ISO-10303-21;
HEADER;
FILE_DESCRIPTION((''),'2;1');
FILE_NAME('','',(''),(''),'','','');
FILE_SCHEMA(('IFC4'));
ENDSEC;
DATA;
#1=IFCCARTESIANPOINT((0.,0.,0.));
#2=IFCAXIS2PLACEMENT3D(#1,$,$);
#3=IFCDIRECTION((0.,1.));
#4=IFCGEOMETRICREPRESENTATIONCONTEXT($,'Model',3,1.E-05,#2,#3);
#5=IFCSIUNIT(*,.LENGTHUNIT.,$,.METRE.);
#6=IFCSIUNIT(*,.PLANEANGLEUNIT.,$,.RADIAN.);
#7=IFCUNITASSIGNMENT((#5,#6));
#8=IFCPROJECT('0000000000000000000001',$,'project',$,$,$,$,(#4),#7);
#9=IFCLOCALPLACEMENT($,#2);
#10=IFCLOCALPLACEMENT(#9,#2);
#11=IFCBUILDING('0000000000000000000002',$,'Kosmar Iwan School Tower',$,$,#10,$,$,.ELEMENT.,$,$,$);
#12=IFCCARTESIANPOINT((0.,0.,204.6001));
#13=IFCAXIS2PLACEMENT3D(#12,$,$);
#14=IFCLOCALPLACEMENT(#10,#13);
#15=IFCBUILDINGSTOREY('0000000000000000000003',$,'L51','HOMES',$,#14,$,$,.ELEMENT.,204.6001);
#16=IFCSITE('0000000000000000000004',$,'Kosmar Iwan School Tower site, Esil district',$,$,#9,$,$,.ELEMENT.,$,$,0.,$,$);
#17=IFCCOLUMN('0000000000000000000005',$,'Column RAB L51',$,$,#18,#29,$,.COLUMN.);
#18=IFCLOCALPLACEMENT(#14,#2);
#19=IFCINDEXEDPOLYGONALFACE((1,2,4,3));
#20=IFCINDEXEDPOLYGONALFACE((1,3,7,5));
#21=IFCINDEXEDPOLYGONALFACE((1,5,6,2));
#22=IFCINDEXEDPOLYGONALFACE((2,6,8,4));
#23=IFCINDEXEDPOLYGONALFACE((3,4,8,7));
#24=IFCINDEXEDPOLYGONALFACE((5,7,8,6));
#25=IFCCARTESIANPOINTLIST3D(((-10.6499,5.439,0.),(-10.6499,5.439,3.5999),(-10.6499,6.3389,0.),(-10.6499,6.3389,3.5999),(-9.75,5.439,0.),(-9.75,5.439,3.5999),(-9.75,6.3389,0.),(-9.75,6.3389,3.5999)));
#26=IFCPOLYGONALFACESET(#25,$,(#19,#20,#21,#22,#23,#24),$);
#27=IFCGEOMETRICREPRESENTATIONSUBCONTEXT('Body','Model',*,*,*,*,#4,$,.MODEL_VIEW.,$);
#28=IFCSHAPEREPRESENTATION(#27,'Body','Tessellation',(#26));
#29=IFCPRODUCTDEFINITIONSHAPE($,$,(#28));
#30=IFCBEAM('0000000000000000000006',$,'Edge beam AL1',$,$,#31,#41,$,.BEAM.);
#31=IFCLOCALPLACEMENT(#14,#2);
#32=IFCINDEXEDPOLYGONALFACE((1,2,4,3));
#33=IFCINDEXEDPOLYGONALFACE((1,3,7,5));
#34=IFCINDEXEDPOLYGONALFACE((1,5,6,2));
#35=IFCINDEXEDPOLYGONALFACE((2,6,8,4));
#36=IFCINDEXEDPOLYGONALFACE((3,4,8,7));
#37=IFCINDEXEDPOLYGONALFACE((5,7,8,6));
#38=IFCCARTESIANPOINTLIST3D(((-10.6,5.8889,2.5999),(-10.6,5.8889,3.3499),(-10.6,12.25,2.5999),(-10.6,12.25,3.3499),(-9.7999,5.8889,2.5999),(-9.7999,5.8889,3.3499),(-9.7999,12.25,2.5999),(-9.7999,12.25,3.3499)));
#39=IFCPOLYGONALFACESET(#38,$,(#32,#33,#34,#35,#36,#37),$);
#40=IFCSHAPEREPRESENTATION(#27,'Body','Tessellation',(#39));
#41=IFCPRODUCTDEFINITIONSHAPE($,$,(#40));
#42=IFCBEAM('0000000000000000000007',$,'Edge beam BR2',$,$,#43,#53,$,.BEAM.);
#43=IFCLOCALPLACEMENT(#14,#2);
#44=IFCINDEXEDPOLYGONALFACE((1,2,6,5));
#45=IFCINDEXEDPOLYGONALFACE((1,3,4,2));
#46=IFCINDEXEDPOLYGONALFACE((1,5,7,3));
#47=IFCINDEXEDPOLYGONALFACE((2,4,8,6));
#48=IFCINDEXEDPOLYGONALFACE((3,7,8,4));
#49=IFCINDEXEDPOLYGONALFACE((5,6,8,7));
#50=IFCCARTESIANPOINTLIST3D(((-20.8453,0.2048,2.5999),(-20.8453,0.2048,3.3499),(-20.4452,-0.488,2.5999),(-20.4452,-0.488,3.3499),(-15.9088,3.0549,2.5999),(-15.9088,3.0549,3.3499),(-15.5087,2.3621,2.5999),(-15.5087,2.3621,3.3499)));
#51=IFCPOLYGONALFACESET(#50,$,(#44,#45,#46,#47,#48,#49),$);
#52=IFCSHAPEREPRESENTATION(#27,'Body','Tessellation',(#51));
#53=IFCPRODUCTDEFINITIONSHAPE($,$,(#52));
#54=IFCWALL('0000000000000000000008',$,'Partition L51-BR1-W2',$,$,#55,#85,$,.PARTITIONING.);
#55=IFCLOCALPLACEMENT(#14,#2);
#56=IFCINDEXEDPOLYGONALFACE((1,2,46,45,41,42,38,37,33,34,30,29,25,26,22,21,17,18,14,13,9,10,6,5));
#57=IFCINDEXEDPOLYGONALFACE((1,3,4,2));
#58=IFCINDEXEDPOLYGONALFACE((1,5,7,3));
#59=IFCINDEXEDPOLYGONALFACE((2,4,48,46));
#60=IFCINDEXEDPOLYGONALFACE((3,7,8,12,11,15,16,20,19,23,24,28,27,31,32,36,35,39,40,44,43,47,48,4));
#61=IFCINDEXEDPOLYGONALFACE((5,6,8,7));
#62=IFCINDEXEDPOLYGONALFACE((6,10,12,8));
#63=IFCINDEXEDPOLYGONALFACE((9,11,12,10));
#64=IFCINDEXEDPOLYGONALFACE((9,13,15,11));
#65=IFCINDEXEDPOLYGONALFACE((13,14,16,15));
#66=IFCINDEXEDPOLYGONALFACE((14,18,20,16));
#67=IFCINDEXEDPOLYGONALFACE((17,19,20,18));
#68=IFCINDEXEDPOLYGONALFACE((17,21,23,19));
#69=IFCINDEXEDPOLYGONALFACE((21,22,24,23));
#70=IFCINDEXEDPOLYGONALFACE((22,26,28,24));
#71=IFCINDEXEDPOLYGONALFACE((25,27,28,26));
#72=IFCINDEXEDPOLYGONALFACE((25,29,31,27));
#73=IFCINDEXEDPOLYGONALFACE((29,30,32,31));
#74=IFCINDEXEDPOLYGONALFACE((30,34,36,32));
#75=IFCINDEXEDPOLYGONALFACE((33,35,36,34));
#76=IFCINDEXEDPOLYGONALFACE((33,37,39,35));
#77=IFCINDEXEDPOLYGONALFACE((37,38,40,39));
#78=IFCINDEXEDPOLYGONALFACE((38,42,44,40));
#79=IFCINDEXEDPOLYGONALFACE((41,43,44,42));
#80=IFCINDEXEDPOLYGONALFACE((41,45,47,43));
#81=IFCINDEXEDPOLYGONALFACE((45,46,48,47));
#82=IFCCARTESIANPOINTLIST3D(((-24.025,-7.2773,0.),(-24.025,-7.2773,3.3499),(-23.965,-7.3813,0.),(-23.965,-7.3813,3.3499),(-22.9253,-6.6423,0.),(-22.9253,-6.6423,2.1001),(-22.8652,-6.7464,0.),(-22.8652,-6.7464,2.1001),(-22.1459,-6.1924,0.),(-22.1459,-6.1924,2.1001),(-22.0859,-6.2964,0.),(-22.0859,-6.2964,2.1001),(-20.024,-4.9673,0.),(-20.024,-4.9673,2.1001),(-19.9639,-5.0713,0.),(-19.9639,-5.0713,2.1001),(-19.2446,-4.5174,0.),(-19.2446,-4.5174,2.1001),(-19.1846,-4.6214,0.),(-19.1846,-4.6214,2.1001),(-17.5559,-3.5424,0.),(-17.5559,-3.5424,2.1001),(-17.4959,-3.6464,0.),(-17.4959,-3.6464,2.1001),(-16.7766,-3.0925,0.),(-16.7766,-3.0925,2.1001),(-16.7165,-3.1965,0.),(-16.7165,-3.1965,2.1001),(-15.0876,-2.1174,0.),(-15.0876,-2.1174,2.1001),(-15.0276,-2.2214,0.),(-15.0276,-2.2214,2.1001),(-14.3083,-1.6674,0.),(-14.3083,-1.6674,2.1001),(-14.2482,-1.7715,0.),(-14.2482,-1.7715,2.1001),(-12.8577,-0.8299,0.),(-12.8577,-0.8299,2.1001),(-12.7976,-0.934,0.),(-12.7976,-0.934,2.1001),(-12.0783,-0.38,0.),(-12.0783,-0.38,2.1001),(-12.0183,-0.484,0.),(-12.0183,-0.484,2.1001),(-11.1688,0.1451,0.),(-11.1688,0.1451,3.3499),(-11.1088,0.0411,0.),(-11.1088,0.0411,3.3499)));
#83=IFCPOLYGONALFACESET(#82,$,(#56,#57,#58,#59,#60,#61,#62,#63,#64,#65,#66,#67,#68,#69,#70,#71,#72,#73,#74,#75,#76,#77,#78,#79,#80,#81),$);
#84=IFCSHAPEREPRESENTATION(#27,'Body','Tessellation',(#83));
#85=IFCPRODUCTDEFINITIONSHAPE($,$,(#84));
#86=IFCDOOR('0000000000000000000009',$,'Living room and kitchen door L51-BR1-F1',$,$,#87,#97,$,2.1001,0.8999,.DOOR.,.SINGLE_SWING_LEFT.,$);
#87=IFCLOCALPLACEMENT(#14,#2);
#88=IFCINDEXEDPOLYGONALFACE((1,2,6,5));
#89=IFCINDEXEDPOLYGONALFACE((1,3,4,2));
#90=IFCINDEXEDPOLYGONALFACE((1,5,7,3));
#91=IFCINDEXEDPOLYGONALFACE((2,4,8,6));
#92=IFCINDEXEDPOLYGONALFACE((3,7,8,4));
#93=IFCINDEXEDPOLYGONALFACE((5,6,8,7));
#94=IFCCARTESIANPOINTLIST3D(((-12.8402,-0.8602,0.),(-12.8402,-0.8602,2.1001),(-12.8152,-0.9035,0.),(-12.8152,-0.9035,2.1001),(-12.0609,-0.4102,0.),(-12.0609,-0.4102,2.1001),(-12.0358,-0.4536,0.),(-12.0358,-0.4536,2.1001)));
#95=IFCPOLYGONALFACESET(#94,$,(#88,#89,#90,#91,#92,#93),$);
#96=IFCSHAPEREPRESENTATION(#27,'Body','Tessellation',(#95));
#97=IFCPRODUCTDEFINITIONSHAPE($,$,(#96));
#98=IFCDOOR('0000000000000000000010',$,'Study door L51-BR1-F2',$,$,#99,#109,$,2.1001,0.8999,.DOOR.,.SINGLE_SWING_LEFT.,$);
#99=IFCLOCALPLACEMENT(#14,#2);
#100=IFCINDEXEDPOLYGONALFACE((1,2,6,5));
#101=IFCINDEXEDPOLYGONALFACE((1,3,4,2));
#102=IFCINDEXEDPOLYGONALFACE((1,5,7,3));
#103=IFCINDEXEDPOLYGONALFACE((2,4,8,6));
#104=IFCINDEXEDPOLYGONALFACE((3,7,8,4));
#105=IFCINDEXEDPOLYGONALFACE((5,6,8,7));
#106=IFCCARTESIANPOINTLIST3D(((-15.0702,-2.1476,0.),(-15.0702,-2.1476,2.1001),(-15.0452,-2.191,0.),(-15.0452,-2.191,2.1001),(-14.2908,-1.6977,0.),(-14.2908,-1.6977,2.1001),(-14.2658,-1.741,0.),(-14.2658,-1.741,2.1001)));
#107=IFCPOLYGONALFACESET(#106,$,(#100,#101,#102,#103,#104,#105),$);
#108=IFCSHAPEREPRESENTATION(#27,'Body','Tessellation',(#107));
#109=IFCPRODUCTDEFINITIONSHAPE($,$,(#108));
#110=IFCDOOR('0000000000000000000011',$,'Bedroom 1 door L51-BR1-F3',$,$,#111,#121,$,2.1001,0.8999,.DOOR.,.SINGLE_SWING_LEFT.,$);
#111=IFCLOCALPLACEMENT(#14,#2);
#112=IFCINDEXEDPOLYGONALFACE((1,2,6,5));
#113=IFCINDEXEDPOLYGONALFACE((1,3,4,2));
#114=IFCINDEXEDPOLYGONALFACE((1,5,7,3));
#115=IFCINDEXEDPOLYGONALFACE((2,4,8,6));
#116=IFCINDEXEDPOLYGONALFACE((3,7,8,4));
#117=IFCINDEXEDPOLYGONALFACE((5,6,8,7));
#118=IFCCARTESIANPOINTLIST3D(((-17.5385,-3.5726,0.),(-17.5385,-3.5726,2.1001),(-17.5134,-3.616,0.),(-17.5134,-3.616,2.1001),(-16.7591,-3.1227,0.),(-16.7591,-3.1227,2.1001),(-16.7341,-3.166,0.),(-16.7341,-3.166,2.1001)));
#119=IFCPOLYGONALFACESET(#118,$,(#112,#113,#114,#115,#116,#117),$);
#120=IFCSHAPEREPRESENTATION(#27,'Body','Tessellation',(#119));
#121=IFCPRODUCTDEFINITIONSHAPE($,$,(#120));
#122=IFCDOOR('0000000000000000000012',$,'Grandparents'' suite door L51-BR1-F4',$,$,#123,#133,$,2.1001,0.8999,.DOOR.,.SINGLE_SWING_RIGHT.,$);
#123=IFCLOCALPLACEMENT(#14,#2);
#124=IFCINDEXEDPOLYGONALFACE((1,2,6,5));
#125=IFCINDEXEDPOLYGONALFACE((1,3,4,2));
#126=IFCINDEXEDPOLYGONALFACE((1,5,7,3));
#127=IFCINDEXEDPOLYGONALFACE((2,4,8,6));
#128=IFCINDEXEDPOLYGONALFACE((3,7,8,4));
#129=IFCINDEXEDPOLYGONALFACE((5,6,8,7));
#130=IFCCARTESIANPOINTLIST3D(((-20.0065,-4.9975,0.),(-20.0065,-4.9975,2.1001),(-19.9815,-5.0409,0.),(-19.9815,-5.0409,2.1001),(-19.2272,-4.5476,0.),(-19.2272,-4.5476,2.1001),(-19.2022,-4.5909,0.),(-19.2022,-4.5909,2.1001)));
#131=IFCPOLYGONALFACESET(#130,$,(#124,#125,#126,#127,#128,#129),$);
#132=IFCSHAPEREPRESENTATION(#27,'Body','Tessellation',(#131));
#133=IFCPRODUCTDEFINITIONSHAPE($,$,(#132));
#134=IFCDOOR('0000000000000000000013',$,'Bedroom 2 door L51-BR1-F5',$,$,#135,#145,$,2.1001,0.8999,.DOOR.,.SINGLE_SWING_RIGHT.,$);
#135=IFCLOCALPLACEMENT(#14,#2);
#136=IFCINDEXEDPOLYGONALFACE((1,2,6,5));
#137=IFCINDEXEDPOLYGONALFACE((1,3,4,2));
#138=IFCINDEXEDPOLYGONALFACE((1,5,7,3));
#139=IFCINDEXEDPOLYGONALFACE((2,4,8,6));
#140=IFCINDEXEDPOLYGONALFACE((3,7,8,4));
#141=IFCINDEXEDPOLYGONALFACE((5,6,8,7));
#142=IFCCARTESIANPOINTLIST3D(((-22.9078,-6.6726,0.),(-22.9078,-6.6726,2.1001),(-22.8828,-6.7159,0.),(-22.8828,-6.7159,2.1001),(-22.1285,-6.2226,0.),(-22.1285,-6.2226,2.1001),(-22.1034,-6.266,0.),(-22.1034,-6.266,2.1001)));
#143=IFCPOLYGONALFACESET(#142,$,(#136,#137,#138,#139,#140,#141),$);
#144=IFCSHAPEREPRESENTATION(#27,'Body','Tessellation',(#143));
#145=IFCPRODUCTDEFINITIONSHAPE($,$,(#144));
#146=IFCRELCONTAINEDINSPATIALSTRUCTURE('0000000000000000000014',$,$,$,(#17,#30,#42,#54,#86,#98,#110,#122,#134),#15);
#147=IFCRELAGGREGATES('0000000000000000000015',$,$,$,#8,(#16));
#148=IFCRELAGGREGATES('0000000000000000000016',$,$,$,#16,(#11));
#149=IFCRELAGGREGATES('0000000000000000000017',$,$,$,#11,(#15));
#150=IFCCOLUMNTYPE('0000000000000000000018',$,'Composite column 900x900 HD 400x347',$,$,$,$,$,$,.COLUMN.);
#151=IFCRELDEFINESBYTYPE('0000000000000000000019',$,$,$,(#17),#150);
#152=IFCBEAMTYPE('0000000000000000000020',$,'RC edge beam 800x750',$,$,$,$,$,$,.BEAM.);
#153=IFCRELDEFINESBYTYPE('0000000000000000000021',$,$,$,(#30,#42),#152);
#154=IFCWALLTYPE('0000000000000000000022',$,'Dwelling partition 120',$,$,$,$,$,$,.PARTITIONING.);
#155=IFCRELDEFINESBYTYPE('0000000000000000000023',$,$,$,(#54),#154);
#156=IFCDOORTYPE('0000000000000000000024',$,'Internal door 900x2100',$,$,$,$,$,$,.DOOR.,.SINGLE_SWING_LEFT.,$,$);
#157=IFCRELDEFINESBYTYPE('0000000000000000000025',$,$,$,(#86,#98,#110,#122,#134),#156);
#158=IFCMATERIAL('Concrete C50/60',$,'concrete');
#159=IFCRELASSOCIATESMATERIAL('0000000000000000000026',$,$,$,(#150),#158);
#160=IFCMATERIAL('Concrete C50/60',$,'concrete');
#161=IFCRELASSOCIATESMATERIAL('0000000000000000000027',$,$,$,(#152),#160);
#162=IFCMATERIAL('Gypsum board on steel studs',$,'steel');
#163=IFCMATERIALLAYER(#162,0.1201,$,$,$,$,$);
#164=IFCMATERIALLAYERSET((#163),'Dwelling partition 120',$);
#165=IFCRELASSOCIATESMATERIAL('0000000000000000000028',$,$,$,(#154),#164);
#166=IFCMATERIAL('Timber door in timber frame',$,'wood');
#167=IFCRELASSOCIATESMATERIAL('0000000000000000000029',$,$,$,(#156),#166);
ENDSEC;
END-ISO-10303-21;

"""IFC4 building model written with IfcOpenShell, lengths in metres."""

from ifc_helpers import new_model, si_unit, direction, frame, frame_2d, origin, origin_2d, place, context, subcontext, project, spatial, rectangle, extrude, material, layer, layer_set, material_profile, profile_set, type_object, element, fill, save


model = new_model("IFC4")

# Units and contexts
model_context = context("Model", 3, precision=1e-05, world=origin(), true_north=direction((0.0, 1.0)))
body_context = subcontext(model_context, "Body", "Model", "MODEL_VIEW")
ifc_project = project(units=[si_unit("LENGTHUNIT", "METRE"), si_unit("PLANEANGLEUNIT", "RADIAN")], contexts=[model_context])

# Site, building, storey
site_placement = place(None, origin())
site = spatial("IfcSite", under=ifc_project, at=site_placement, Name="Kosmar Iwan School Tower site, Esil district", CompositionType="ELEMENT", RefElevation=0.0)
building_placement = place(site_placement, origin())
building = spatial("IfcBuilding", under=site, at=building_placement, Name="Kosmar Iwan School Tower", CompositionType="ELEMENT")
storey_placement = place(building_placement, frame((0.0, 0.0, 204.6001)))
storey = spatial("IfcBuildingStorey", under=building, at=storey_placement, Name="L51", Description="HOMES", CompositionType="ELEMENT", Elevation=204.6001)

# Column
ifc_material_1 = material(Name="Concrete C50/60", Category="concrete")
ifc_material_profile_1 = material_profile(ifc_material_1, rectangle(XDim=0.8999, YDim=0.8999, at=origin_2d()), Name="RC 900x900 + HD 400x347")
ifc_profile_set_1 = profile_set([ifc_material_profile_1], Name="Concrete C50/60")
column_type = type_object("IfcColumnType", Name="Composite column 900x900 HD 400x347", PredefinedType="COLUMN", material=ifc_profile_set_1)
column_placement = place(storey_placement, frame((-10.2, 5.8889, 0.0), z_axis=(0.0, 0.0, 1.0), x_axis=(1.0, 0.0, 0.0)))
element("IfcColumn", 1, at=column_placement, inside=storey, type_object=column_type, Name="Column RAB L51", PredefinedType="COLUMN", context=body_context, shape_type="SweptSolid", body=[
    extrude(rectangle(XDim=0.8999, YDim=0.8999, at=origin_2d()), origin(), (0.0, 0.0, 1.0), 3.5999),
])

# Beams
ifc_material_2 = material(Name="Concrete C50/60", Category="concrete")
ifc_material_profile_2 = material_profile(ifc_material_2, rectangle(XDim=0.8, YDim=0.75, at=origin_2d()), Name="RC 800x750")
ifc_profile_set_2 = profile_set([ifc_material_profile_2], Name="Concrete C50/60")
beam_type = type_object("IfcBeamType", Name="RC edge beam 800x750", PredefinedType="BEAM", material=ifc_profile_set_2)
beam_1_placement = place(storey_placement, frame((-10.2, 5.8889, 2.9749), z_axis=(0.0, 1.0, 0.0), x_axis=(-1.0, 0.0, 0.0)))
element("IfcBeam", 2, at=beam_1_placement, inside=storey, type_object=beam_type, Name="Edge beam AL1", PredefinedType="BEAM", context=body_context, shape_type="SweptSolid", body=[
    extrude(rectangle(XDim=0.8, YDim=0.75, at=origin_2d()), origin(), (0.0, 0.0, 1.0), 6.3611),
])
beam_2_placement = place(storey_placement, frame((-15.7087, 2.7085, 2.9749), z_axis=(-0.866026, -0.499999, 0.0), x_axis=(0.499999, -0.866026, 0.0)))
element("IfcBeam", 3, at=beam_2_placement, inside=storey, type_object=beam_type, Name="Edge beam BR2", PredefinedType="BEAM", context=body_context, shape_type="SweptSolid", body=[
    extrude(rectangle(XDim=0.8, YDim=0.75, at=origin_2d()), origin(), (0.0, 0.0, 1.0), 5.7002),
])

# Wall, openings, doors
ifc_material_3 = material(Name="Gypsum board on steel studs", Category="steel")
ifc_layer_1 = layer(ifc_material_3, 0.1201)
ifc_layer_set_1 = layer_set([ifc_layer_1], Name="Dwelling partition 120")
wall_type_1 = type_object("IfcWallType", Name="Dwelling partition 120", PredefinedType="PARTITIONING", material=ifc_layer_set_1)
wall_1_placement = place(storey_placement, frame((-11.1389, 0.093, 0.0), z_axis=(0.0, 0.0, 1.0), x_axis=(-0.86603, -0.499992, 0.0)))
wall_1 = element("IfcWall", 4, at=wall_1_placement, inside=storey, type_object=wall_type_1, Name="Partition L51-BR1-W2", PredefinedType="PARTITIONING", context=body_context, shape_type="SweptSolid", body=[
    extrude(rectangle(XDim=14.845, YDim=0.1201, at=frame_2d((7.4224, 0.0))), origin(), (0.0, 0.0, 1.0), 3.3499),
])
opening_1_placement = place(wall_1_placement, frame((1.05, 0.0, 0.0)))
opening_1 = element("IfcOpeningElement", 5, at=opening_1_placement, cuts=wall_1, PredefinedType="OPENING", context=body_context, shape_type="SweptSolid", body=[
    extrude(rectangle(XDim=0.8999, YDim=2.1001, at=frame_2d((0.45, 1.05))), frame((0.0, 0.072, 0.0), z_axis=(0.0, -1.0, 0.0), x_axis=(1.0, 0.0, 0.0)), (0.0, 0.0, 1.0), 0.144),
])
opening_2_placement = place(wall_1_placement, frame((3.625, 0.0, 0.0)))
opening_2 = element("IfcOpeningElement", 6, at=opening_2_placement, cuts=wall_1, PredefinedType="OPENING", context=body_context, shape_type="SweptSolid", body=[
    extrude(rectangle(XDim=0.8999, YDim=2.1001, at=frame_2d((0.45, 1.05))), frame((0.0, 0.072, 0.0), z_axis=(0.0, -1.0, 0.0), x_axis=(1.0, 0.0, 0.0)), (0.0, 0.0, 1.0), 0.144),
])
opening_3_placement = place(wall_1_placement, frame((6.4751, 0.0, 0.0)))
opening_3 = element("IfcOpeningElement", 7, at=opening_3_placement, cuts=wall_1, PredefinedType="OPENING", context=body_context, shape_type="SweptSolid", body=[
    extrude(rectangle(XDim=0.8999, YDim=2.1001, at=frame_2d((0.45, 1.05))), frame((0.0, 0.072, 0.0), z_axis=(0.0, -1.0, 0.0), x_axis=(1.0, 0.0, 0.0)), (0.0, 0.0, 1.0), 0.144),
])
opening_4_placement = place(wall_1_placement, frame((9.325, 0.0, 0.0)))
opening_4 = element("IfcOpeningElement", 8, at=opening_4_placement, cuts=wall_1, PredefinedType="OPENING", context=body_context, shape_type="SweptSolid", body=[
    extrude(rectangle(XDim=0.8999, YDim=2.1001, at=frame_2d((0.45, 1.05))), frame((0.0, 0.072, 0.0), z_axis=(0.0, -1.0, 0.0), x_axis=(1.0, 0.0, 0.0)), (0.0, 0.0, 1.0), 0.144),
])
opening_5_placement = place(wall_1_placement, frame((12.675, 0.0, 0.0)))
opening_5 = element("IfcOpeningElement", 9, at=opening_5_placement, cuts=wall_1, PredefinedType="OPENING", context=body_context, shape_type="SweptSolid", body=[
    extrude(rectangle(XDim=0.8999, YDim=2.1001, at=frame_2d((0.45, 1.05))), frame((0.0, 0.072, 0.0), z_axis=(0.0, -1.0, 0.0), x_axis=(1.0, 0.0, 0.0)), (0.0, 0.0, 1.0), 0.144),
])
ifc_material_4 = material(Name="Timber door in timber frame", Category="wood")
door_type = type_object("IfcDoorType", Name="Internal door 900x2100", OperationType="SINGLE_SWING_LEFT", PredefinedType="DOOR", material=ifc_material_4)
door_1_placement = place(opening_1_placement, origin())
door_1 = element("IfcDoor", 10, at=door_1_placement, inside=storey, type_object=door_type, Name="Living room and kitchen door L51-BR1-F1", OperationType="SINGLE_SWING_LEFT", OverallHeight=2.1001, OverallWidth=0.8999, PredefinedType="DOOR", context=body_context, shape_type="SweptSolid", body=[
    extrude(rectangle(XDim=0.8999, YDim=2.1001, at=frame_2d((0.45, 1.05))), frame((0.0, 0.0249, 0.0), z_axis=(0.0, -1.0, 0.0), x_axis=(1.0, 0.0, 0.0)), (0.0, 0.0, 1.0), 0.05),
])
fill(opening_1, door_1)
door_2_placement = place(opening_2_placement, origin())
door_2 = element("IfcDoor", 11, at=door_2_placement, inside=storey, type_object=door_type, Name="Study door L51-BR1-F2", OperationType="SINGLE_SWING_LEFT", OverallHeight=2.1001, OverallWidth=0.8999, PredefinedType="DOOR", context=body_context, shape_type="SweptSolid", body=[
    extrude(rectangle(XDim=0.8999, YDim=2.1001, at=frame_2d((0.45, 1.05))), frame((0.0, 0.0249, 0.0), z_axis=(0.0, -1.0, 0.0), x_axis=(1.0, 0.0, 0.0)), (0.0, 0.0, 1.0), 0.05),
])
fill(opening_2, door_2)
door_3_placement = place(opening_3_placement, origin())
door_3 = element("IfcDoor", 12, at=door_3_placement, inside=storey, type_object=door_type, Name="Bedroom 1 door L51-BR1-F3", OperationType="SINGLE_SWING_LEFT", OverallHeight=2.1001, OverallWidth=0.8999, PredefinedType="DOOR", context=body_context, shape_type="SweptSolid", body=[
    extrude(rectangle(XDim=0.8999, YDim=2.1001, at=frame_2d((0.45, 1.05))), frame((0.0, 0.0249, 0.0), z_axis=(0.0, -1.0, 0.0), x_axis=(1.0, 0.0, 0.0)), (0.0, 0.0, 1.0), 0.05),
])
fill(opening_3, door_3)
door_4_placement = place(opening_4_placement, origin())
door_4 = element("IfcDoor", 13, at=door_4_placement, inside=storey, type_object=door_type, Name="Grandparents' suite door L51-BR1-F4", OperationType="SINGLE_SWING_RIGHT", OverallHeight=2.1001, OverallWidth=0.8999, PredefinedType="DOOR", context=body_context, shape_type="SweptSolid", body=[
    extrude(rectangle(XDim=0.8999, YDim=2.1001, at=frame_2d((0.45, 1.05))), frame((0.0, 0.0249, 0.0), z_axis=(0.0, -1.0, 0.0), x_axis=(1.0, 0.0, 0.0)), (0.0, 0.0, 1.0), 0.05),
])
fill(opening_4, door_4)
door_5_placement = place(opening_5_placement, origin())
door_5 = element("IfcDoor", 14, at=door_5_placement, inside=storey, type_object=door_type, Name="Bedroom 2 door L51-BR1-F5", OperationType="SINGLE_SWING_RIGHT", OverallHeight=2.1001, OverallWidth=0.8999, PredefinedType="DOOR", context=body_context, shape_type="SweptSolid", body=[
    extrude(rectangle(XDim=0.8999, YDim=2.1001, at=frame_2d((0.45, 1.05))), frame((0.0, 0.0249, 0.0), z_axis=(0.0, -1.0, 0.0), x_axis=(1.0, 0.0, 0.0)), (0.0, 0.0, 1.0), 0.05),
])
fill(opening_5, door_5)

save(model, "model.ifc")
